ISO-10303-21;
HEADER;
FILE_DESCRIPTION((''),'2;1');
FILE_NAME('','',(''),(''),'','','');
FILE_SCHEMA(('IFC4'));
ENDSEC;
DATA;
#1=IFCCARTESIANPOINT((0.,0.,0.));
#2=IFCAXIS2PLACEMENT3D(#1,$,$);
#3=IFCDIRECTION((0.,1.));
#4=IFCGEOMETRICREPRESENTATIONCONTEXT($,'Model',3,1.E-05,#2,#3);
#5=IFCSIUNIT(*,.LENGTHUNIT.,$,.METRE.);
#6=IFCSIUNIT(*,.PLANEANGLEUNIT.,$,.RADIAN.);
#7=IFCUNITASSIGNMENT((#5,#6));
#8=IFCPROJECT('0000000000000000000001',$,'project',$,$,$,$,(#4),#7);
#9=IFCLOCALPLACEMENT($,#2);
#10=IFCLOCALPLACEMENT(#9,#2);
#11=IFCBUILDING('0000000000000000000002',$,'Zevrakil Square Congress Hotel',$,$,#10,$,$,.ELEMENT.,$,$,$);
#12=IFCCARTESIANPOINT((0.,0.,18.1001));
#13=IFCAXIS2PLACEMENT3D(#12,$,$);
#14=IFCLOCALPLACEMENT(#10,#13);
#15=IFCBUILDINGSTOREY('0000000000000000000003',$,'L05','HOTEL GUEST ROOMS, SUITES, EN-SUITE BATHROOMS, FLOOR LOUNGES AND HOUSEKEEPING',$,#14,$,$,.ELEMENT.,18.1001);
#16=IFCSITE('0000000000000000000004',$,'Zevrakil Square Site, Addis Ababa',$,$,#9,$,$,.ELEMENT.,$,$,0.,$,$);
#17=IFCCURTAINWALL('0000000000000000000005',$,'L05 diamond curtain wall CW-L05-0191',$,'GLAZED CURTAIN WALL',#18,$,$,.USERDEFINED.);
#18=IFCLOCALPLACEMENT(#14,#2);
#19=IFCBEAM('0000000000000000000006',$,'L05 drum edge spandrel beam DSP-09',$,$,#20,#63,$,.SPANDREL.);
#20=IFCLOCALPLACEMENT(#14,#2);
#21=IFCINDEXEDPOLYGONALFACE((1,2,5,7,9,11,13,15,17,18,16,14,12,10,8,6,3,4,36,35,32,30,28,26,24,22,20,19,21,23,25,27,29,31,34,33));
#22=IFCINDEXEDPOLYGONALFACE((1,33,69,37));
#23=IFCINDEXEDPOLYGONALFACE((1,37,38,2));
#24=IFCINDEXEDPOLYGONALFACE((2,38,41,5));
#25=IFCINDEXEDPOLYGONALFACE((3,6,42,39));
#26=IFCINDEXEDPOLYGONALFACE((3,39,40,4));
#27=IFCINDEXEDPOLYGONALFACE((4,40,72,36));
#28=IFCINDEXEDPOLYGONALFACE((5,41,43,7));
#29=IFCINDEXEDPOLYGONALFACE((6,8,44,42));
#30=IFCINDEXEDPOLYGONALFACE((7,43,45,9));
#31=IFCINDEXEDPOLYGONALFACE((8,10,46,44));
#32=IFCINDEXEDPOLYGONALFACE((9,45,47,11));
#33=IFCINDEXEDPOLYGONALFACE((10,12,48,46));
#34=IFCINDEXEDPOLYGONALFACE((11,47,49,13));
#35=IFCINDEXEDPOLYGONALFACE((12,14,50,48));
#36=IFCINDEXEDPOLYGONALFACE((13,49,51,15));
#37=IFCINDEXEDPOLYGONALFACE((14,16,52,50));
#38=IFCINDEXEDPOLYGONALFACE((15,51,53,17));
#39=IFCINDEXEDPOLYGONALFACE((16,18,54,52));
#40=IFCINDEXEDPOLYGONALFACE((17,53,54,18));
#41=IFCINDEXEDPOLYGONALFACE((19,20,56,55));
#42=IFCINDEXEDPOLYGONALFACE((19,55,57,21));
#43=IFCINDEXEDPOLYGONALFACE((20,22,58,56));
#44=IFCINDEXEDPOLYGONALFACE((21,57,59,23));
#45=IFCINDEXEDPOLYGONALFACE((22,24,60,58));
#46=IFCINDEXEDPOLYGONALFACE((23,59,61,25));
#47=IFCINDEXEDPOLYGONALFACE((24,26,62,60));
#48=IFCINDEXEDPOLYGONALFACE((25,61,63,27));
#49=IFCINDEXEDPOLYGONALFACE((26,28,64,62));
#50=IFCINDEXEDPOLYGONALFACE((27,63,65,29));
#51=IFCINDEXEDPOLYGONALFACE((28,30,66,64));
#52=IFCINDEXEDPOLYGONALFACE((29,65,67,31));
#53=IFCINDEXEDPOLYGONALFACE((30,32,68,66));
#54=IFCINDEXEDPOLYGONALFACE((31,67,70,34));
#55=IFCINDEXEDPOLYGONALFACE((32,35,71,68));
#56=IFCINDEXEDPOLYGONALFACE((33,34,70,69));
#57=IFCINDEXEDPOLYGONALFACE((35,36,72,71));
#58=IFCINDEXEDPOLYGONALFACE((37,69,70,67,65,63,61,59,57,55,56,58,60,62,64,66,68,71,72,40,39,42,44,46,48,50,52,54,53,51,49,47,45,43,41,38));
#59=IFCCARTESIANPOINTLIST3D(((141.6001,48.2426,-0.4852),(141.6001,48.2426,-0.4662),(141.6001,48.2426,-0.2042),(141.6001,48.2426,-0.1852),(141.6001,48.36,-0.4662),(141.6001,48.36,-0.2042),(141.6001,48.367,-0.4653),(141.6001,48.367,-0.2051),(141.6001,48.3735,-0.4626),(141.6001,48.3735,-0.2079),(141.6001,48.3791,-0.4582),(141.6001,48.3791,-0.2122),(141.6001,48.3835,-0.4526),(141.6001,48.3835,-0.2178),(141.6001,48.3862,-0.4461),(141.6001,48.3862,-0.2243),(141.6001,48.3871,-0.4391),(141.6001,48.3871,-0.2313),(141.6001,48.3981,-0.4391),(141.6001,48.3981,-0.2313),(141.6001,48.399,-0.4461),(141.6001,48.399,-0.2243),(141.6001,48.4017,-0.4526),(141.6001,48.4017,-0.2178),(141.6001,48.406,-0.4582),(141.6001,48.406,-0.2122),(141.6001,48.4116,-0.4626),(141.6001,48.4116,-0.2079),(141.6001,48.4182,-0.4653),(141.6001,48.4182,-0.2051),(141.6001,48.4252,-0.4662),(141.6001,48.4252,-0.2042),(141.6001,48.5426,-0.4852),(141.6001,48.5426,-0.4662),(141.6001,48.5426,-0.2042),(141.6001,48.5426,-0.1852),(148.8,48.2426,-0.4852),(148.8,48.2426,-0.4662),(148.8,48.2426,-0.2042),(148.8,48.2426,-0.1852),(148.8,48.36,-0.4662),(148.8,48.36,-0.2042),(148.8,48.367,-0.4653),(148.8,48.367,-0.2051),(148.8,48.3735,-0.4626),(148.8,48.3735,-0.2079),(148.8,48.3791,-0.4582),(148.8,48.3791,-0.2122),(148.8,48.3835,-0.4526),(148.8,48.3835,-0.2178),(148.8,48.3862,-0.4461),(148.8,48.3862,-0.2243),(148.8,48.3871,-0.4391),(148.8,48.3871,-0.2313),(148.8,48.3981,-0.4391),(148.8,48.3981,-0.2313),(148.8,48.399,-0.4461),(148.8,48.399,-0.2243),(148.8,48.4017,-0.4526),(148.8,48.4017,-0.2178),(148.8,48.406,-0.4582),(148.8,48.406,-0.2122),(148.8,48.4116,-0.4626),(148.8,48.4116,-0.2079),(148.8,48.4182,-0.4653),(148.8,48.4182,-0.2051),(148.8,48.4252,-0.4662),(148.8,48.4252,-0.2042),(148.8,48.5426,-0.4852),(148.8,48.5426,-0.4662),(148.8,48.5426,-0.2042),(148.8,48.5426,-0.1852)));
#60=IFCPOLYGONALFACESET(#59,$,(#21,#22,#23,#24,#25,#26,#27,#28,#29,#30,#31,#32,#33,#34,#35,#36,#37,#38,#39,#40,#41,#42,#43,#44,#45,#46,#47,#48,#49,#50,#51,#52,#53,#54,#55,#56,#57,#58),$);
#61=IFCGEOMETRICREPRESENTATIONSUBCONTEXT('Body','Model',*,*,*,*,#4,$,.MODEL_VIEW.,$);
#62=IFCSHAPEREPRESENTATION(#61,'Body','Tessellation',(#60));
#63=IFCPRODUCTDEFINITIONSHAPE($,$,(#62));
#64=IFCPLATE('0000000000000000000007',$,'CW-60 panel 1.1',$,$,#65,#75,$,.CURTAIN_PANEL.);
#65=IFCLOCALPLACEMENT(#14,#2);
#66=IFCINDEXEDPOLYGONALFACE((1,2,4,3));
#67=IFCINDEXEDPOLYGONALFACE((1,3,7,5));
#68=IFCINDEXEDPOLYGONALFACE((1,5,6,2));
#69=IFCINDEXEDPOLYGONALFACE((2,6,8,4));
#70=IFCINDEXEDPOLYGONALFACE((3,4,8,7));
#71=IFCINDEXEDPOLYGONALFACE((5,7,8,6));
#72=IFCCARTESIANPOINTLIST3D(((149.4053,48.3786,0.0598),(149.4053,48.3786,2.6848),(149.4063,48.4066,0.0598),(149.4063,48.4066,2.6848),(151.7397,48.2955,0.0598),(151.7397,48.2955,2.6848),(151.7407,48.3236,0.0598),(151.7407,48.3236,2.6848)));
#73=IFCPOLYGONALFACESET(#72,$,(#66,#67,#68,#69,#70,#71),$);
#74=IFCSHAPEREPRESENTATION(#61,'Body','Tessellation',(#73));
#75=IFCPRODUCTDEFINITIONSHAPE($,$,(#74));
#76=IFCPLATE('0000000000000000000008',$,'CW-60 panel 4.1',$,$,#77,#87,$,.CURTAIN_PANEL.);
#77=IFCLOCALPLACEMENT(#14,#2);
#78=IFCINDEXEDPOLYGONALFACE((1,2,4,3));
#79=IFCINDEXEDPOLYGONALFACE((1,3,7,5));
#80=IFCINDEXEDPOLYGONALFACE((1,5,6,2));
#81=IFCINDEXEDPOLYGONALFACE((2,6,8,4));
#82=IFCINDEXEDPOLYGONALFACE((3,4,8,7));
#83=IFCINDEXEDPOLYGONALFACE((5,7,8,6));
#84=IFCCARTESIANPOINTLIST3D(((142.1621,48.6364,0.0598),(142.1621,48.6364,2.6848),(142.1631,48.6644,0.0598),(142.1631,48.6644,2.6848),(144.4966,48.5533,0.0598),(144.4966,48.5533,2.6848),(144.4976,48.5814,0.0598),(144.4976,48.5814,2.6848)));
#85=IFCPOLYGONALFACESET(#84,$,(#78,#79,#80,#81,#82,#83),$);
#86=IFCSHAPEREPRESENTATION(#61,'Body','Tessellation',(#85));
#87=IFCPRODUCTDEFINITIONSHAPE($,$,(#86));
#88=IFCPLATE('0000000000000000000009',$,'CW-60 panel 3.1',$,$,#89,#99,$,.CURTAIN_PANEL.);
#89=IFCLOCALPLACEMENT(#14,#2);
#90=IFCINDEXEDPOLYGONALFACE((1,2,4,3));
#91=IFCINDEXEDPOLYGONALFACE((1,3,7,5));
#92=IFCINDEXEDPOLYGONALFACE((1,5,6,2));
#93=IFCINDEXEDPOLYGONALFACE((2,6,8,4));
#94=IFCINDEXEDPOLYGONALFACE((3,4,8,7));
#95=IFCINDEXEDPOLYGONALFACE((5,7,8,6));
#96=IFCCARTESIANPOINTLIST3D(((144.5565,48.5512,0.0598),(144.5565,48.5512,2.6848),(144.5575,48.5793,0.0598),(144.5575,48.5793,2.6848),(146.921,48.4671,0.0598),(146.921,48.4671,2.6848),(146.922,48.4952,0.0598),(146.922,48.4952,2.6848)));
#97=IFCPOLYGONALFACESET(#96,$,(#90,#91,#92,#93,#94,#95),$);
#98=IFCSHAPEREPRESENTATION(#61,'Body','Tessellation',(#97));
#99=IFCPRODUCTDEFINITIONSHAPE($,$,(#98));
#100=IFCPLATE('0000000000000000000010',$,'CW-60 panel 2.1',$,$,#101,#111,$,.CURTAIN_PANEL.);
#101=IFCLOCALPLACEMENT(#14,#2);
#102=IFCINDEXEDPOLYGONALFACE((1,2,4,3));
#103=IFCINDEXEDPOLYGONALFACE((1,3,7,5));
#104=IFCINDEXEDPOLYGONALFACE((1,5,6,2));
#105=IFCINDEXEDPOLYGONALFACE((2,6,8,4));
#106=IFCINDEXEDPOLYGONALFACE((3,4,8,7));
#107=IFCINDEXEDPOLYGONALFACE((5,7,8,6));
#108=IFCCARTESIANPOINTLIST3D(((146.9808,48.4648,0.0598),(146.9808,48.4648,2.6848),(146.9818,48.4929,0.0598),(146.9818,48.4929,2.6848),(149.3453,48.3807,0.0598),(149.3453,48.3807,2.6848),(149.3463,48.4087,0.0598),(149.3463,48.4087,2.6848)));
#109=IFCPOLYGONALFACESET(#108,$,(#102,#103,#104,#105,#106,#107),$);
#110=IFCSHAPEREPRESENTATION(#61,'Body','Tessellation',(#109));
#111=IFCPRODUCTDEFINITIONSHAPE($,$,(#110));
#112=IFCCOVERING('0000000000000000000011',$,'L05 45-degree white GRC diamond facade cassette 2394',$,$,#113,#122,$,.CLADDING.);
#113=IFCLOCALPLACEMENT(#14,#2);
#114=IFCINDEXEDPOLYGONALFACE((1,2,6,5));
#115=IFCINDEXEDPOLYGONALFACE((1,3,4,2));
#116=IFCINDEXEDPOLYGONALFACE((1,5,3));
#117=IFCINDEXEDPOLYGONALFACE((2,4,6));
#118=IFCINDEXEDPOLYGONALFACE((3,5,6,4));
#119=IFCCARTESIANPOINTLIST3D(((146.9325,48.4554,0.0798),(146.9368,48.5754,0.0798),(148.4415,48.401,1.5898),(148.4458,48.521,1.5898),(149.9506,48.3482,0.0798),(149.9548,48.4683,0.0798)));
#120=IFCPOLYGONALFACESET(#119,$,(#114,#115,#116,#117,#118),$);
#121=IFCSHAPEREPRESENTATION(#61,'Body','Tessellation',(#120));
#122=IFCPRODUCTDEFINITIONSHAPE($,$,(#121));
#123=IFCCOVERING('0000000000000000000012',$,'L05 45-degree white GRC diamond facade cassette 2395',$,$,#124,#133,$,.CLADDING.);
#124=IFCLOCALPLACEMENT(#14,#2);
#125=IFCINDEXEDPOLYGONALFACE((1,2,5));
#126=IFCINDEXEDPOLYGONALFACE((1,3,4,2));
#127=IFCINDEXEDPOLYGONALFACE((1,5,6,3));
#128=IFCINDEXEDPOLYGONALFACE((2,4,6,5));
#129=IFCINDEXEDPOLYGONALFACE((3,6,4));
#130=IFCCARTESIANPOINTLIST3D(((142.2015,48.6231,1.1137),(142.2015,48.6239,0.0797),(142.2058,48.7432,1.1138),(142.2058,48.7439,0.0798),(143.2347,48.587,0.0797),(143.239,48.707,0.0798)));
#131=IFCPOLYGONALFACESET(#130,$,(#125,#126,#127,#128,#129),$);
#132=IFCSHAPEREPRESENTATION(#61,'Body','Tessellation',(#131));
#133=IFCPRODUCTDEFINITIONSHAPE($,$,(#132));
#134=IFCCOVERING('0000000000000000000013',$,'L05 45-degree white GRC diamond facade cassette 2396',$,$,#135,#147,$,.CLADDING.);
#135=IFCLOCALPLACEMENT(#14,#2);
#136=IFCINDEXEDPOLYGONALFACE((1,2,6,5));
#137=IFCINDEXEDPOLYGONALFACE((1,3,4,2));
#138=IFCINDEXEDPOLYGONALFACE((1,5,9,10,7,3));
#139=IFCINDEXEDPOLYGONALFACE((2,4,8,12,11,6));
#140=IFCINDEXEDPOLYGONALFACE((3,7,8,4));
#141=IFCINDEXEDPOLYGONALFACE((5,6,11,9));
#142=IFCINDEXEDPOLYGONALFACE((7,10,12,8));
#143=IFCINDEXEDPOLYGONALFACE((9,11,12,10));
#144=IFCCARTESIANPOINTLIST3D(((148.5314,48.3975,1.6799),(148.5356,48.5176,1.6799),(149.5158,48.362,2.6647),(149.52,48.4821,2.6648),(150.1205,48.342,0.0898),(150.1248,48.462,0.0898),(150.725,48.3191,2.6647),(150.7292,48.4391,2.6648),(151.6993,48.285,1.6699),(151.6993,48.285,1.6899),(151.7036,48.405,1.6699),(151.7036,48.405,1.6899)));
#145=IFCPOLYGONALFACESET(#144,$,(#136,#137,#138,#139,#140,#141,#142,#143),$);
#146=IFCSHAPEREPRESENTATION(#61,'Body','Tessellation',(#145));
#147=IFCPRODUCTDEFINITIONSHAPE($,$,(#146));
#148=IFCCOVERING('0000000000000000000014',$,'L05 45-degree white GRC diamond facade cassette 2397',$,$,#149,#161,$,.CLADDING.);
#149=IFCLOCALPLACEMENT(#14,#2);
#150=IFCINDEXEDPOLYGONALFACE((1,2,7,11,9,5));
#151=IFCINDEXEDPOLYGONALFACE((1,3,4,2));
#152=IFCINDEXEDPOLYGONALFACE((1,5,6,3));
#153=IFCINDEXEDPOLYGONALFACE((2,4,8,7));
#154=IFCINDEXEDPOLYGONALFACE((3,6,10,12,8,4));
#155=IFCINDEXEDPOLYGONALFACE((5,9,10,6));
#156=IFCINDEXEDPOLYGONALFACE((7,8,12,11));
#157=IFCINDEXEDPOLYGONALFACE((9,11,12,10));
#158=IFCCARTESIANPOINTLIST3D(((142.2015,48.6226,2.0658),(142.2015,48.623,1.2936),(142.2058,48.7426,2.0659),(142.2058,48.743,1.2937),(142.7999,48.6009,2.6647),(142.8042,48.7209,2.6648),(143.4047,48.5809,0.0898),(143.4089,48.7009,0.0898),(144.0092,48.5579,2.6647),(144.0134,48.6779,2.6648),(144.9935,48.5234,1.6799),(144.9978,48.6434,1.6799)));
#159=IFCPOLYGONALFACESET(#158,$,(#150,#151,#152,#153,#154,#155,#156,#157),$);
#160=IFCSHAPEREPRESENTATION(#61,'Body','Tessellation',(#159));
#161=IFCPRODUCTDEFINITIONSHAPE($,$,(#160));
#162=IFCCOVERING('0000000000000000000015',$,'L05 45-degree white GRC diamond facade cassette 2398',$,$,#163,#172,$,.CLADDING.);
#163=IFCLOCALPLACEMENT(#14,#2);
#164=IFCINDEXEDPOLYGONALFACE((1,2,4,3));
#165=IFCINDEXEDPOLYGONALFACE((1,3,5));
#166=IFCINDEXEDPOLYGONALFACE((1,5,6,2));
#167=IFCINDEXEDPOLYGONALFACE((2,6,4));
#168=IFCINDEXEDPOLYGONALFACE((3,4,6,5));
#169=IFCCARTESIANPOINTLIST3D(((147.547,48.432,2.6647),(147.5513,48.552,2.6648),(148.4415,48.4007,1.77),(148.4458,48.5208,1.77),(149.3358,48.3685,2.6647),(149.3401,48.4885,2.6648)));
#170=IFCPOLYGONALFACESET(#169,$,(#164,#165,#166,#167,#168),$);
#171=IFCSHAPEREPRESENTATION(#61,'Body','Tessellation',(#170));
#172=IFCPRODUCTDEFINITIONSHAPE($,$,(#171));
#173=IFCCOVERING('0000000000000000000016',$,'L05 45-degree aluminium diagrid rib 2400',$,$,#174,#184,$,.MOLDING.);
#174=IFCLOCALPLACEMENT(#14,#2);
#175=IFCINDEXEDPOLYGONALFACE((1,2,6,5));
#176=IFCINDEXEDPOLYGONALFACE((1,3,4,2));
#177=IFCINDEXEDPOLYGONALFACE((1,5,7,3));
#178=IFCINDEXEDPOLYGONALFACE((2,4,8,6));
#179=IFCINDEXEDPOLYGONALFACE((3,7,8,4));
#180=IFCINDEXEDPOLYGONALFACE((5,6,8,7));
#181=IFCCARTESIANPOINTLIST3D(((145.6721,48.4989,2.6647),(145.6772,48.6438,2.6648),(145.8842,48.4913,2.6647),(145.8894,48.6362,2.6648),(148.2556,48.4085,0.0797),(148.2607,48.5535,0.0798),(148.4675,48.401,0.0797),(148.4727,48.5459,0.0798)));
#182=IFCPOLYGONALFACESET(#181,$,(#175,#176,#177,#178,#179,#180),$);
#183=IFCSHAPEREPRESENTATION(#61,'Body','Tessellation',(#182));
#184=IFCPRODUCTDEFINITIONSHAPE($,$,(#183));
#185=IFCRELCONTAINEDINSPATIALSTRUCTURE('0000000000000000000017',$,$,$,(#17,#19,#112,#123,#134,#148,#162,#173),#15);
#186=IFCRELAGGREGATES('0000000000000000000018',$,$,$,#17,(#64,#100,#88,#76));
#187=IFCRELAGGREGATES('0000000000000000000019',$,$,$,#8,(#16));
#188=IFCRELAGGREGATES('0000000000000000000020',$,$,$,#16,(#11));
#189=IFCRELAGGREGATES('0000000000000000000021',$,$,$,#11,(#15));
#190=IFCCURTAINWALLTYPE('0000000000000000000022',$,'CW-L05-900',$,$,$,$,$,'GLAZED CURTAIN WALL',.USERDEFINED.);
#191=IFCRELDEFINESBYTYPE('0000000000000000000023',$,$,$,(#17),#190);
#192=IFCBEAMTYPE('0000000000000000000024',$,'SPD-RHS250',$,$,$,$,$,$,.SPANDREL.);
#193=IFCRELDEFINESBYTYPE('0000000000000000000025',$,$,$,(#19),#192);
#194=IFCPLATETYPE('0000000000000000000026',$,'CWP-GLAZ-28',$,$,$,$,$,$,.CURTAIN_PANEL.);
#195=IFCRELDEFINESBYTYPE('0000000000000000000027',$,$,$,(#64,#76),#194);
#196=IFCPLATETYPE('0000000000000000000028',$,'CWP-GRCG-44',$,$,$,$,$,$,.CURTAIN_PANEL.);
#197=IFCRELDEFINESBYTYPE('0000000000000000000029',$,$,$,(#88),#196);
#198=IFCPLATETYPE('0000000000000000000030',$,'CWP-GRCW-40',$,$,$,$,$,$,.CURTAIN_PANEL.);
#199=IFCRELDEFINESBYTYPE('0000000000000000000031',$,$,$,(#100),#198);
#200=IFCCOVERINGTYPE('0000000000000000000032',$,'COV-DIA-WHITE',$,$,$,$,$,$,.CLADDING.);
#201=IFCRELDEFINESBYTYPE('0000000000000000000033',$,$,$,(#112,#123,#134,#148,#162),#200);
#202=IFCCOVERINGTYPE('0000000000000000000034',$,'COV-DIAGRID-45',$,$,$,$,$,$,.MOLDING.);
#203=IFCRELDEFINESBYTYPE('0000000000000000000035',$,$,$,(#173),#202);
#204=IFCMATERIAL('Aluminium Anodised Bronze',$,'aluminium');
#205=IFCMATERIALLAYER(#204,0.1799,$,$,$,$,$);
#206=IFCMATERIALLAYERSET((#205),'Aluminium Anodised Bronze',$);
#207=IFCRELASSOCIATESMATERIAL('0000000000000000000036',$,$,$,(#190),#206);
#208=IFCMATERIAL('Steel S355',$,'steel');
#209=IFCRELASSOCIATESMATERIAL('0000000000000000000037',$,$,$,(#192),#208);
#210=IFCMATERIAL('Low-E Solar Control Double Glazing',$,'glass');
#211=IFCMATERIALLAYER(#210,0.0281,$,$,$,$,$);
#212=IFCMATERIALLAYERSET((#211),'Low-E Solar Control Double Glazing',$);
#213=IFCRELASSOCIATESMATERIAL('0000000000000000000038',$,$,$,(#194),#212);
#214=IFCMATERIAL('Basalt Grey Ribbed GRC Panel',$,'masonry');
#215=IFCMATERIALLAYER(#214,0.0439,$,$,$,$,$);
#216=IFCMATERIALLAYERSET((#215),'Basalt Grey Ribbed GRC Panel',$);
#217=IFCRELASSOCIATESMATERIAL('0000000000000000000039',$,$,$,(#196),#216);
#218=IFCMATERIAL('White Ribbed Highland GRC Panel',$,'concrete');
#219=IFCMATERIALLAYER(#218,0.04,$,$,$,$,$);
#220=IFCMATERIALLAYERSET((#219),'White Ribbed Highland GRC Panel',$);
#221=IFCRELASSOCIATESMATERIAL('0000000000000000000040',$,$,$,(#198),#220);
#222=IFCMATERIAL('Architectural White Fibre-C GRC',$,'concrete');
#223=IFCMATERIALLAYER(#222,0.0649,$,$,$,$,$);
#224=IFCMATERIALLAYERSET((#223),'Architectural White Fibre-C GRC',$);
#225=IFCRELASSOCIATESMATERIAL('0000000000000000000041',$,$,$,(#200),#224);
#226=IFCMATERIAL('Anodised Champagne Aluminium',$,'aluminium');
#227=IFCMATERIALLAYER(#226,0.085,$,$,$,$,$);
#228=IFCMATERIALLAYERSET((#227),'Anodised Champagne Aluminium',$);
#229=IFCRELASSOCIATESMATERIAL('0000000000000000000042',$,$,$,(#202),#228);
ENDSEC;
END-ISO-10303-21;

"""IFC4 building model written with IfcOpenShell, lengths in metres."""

from ifc_helpers import new_model, si_unit, direction, frame, origin, origin_2d, place, context, subcontext, project, spatial, polyline, rectangle, i_section, outline, extrude, material, layer, layer_set, material_profile, profile_set, type_object, element, aggregate, save


model = new_model("IFC4")

# Units and contexts
model_context = context("Model", 3, precision=1e-05, world=origin(), true_north=direction((0.0, 1.0)))
body_context = subcontext(model_context, "Body", "Model", "MODEL_VIEW")
ifc_project = project(units=[si_unit("LENGTHUNIT", "METRE"), si_unit("PLANEANGLEUNIT", "RADIAN")], contexts=[model_context])

# Site, building, storey
site_placement = place(None, origin())
site = spatial("IfcSite", under=ifc_project, at=site_placement, Name="Zevrakil Square Site, Addis Ababa", CompositionType="ELEMENT", RefElevation=0.0)
building_placement = place(site_placement, origin())
building = spatial("IfcBuilding", under=site, at=building_placement, Name="Zevrakil Square Congress Hotel", CompositionType="ELEMENT")
storey_placement = place(building_placement, frame((0.0, 0.0, 18.1001)))
storey = spatial("IfcBuildingStorey", under=building, at=storey_placement, Name="L05", Description="HOTEL GUEST ROOMS, SUITES, EN-SUITE BATHROOMS, FLOOR LOUNGES AND HOUSEKEEPING", CompositionType="ELEMENT", Elevation=18.1001)

# Curtain wall
ifc_material_1 = material(Name="Aluminium Anodised Bronze", Category="aluminium")
ifc_layer_1 = layer(ifc_material_1, 0.1799)
ifc_layer_set_1 = layer_set([ifc_layer_1], Name="Aluminium Anodised Bronze")
curtain_wall_type = type_object("IfcCurtainWallType", Name="CW-L05-900", ElementType="GLAZED CURTAIN WALL", PredefinedType="USERDEFINED", material=ifc_layer_set_1)
curtain_wall_placement = place(storey_placement, origin())
curtain_wall = element("IfcCurtainWall", 1, at=curtain_wall_placement, inside=storey, type_object=curtain_wall_type, Name="L05 diamond curtain wall CW-L05-0191", ObjectType="GLAZED CURTAIN WALL", PredefinedType="USERDEFINED")

# Beam
ifc_material_2 = material(Name="Steel S355", Category="steel")
ifc_material_profile_1 = material_profile(ifc_material_2, i_section(OverallWidth=0.3, OverallDepth=0.3, WebThickness=0.011, FlangeThickness=0.019, FilletRadius=0.0271, at=origin_2d()), Name="HEB 300")
ifc_profile_set_1 = profile_set([ifc_material_profile_1], Name="Steel S355")
beam_type_1 = type_object("IfcBeamType", Name="SPD-RHS250", PredefinedType="SPANDREL", material=ifc_profile_set_1)
beam_1_placement = place(storey_placement, frame((148.8, 48.3926, -0.3352), z_axis=(-1.0, 0.0, 0.0), x_axis=(0.0, -1.0, 0.0)))
element("IfcBeam", 2, at=beam_1_placement, inside=storey, type_object=beam_type_1, Name="L05 drum edge spandrel beam DSP-09", PredefinedType="SPANDREL", context=body_context, shape_type="SweptSolid", body=[
    extrude(i_section(OverallWidth=0.3, OverallDepth=0.3, WebThickness=0.011, FlangeThickness=0.019, FilletRadius=0.0271, at=origin_2d()), origin(), (0.0, 0.0, 1.0), 7.2),
])

# Plates
ifc_material_3 = material(Name="Low-E Solar Control Double Glazing", Category="glass")
ifc_layer_2 = layer(ifc_material_3, 0.0281)
ifc_layer_set_2 = layer_set([ifc_layer_2], Name="Low-E Solar Control Double Glazing")
plate_type_1 = type_object("IfcPlateType", Name="CWP-GLAZ-28", PredefinedType="CURTAIN_PANEL", material=ifc_layer_set_2)
plate_1_placement = place(storey_placement, frame((150.573, 48.3511, 0.0598), z_axis=(0.0, 0.0, 1.0), x_axis=(-0.999368, 0.035553, 0.0)))
plate_1 = element("IfcPlate", 3, at=plate_1_placement, type_object=plate_type_1, Name="CW-60 panel 1.1", PredefinedType="CURTAIN_PANEL", context=body_context, shape_type="SweptSolid", body=[
    extrude(rectangle(XDim=2.3359, YDim=0.0281, at=origin_2d()), origin(), (0.0, 0.0, 1.0), 2.625),
])
plate_2_placement = place(storey_placement, frame((143.3298, 48.6089, 0.0598), z_axis=(0.0, 0.0, 1.0), x_axis=(-0.999368, 0.035553, 0.0)))
plate_2 = element("IfcPlate", 4, at=plate_2_placement, type_object=plate_type_1, Name="CW-60 panel 4.1", PredefinedType="CURTAIN_PANEL", context=body_context, shape_type="SweptSolid", body=[
    extrude(rectangle(XDim=2.3359, YDim=0.0281, at=origin_2d()), origin(), (0.0, 0.0, 1.0), 2.625),
])
ifc_material_4 = material(Name="Basalt Grey Ribbed GRC Panel", Category="masonry")
ifc_layer_3 = layer(ifc_material_4, 0.0439)
ifc_layer_set_3 = layer_set([ifc_layer_3], Name="Basalt Grey Ribbed GRC Panel")
plate_type_2 = type_object("IfcPlateType", Name="CWP-GRCG-44", PredefinedType="CURTAIN_PANEL", material=ifc_layer_set_3)
plate_3_placement = place(storey_placement, frame((145.7393, 48.5232, 0.0598), z_axis=(0.0, 0.0, 1.0), x_axis=(-0.999368, 0.035553, 0.0)))
plate_3 = element("IfcPlate", 5, at=plate_3_placement, type_object=plate_type_2, Name="CW-60 panel 3.1", PredefinedType="CURTAIN_PANEL", context=body_context, shape_type="SweptSolid", body=[
    extrude(rectangle(XDim=2.366, YDim=0.0281, at=origin_2d()), origin(), (0.0, 0.0, 1.0), 2.625),
])
ifc_material_5 = material(Name="White Ribbed Highland GRC Panel", Category="concrete")
ifc_layer_4 = layer(ifc_material_5, 0.04)
ifc_layer_set_4 = layer_set([ifc_layer_4], Name="White Ribbed Highland GRC Panel")
plate_type_3 = type_object("IfcPlateType", Name="CWP-GRCW-40", PredefinedType="CURTAIN_PANEL", material=ifc_layer_set_4)
plate_4_placement = place(storey_placement, frame((148.1636, 48.4368, 0.0598), z_axis=(0.0, 0.0, 1.0), x_axis=(-0.999368, 0.035553, 0.0)))
plate_4 = element("IfcPlate", 6, at=plate_4_placement, type_object=plate_type_3, Name="CW-60 panel 2.1", PredefinedType="CURTAIN_PANEL", context=body_context, shape_type="SweptSolid", body=[
    extrude(rectangle(XDim=2.366, YDim=0.0281, at=origin_2d()), origin(), (0.0, 0.0, 1.0), 2.625),
])
aggregate(curtain_wall, [plate_1, plate_4, plate_3, plate_2])

# Coverings
ifc_material_6 = material(Name="Architectural White Fibre-C GRC", Category="concrete")
ifc_layer_5 = layer(ifc_material_6, 0.0649)
ifc_layer_set_5 = layer_set([ifc_layer_5], Name="Architectural White Fibre-C GRC")
covering_type_1 = type_object("IfcCoveringType", Name="COV-DIA-WHITE", PredefinedType="CLADDING", material=ifc_layer_set_5)
covering_1_placement = place(storey_placement, frame((148.4458, 48.521, 1.5898), z_axis=(0.03549, 0.99937, 0.000566), x_axis=(-0.706648, 0.025495, -0.707106)))
element("IfcCovering", 7, at=covering_1_placement, inside=storey, type_object=covering_type_1, Name="L05 45-degree white GRC diamond facade cassette 2394", PredefinedType="CLADDING", context=body_context, shape_type="SweptSolid", body=[
    extrude(outline(polyline([(0.0, 0.0), (2.1355, 0.0), (0.0, -2.1354), (0.0, 0.0)])), origin(), (0.0, 0.0, -1.0), 0.1201),
])
covering_2_placement = place(storey_placement, frame((142.2058, 48.7432, 1.1138), z_axis=(0.035658, 0.999364, 0.000708), x_axis=(0.0, 0.000708, -1.0)))
element("IfcCovering", 8, at=covering_2_placement, inside=storey, type_object=covering_type_1, Name="L05 45-degree white GRC diamond facade cassette 2395", PredefinedType="CLADDING", context=body_context, shape_type="SweptSolid", body=[
    extrude(outline(polyline([(0.0, 0.0), (1.0339, 0.0), (1.0339, -1.0339), (0.0, 0.0)])), origin(), (0.0, 0.0, -1.0), 0.1201),
])
covering_3_placement = place(storey_placement, frame((148.5356, 48.5176, 1.6799), z_axis=(0.035506, 0.999369, 0.000552), x_axis=(0.706672, -0.024717, -0.707109)))
element("IfcCovering", 9, at=covering_3_placement, inside=storey, type_object=covering_type_1, Name="L05 45-degree white GRC diamond facade cassette 2396", PredefinedType="CLADDING", context=body_context, shape_type="SweptSolid", body=[
    extrude(outline(polyline([(0.0, 0.0), (2.2487, 0.0), (2.2486, -2.2344), (2.2344, -2.2486), (0.8557, -2.2485), (0.0001, -1.3929), (0.0, 0.0)])), origin(), (0.0, 0.0, -1.0), 0.1201),
])
covering_4_placement = place(storey_placement, frame((143.4089, 48.7009, 0.0898), z_axis=(0.035569, 0.999367, 0.000584), x_axis=(0.706603, -0.025563, 0.707148)))
element("IfcCovering", 10, at=covering_4_placement, inside=storey, type_object=covering_type_1, Name="L05 45-degree white GRC diamond facade cassette 2397", PredefinedType="CLADDING", context=body_context, shape_type="SweptSolid", body=[
    extrude(outline(polyline([(0.0, 0.0), (2.2486, 0.0), (2.2486, -1.3929), (1.3931, -2.2485), (0.5462, -2.2485), (0.0001, -1.7025), (0.0, 0.0)])), origin(), (0.0, 0.0, -1.0), 0.1201),
])
covering_5_placement = place(storey_placement, frame((148.4458, 48.5208, 1.77), z_axis=(0.035463, 0.999371, 0.00055), x_axis=(0.706685, -0.025466, 0.70707)))
element("IfcCovering", 11, at=covering_5_placement, inside=storey, type_object=covering_type_1, Name="L05 45-degree white GRC diamond facade cassette 2398", PredefinedType="CLADDING", context=body_context, shape_type="SweptSolid", body=[
    extrude(outline(polyline([(0.0, 0.0), (1.2655, 0.0), (-0.0003, -1.2656), (0.0, 0.0)])), origin(), (0.0, 0.0, -1.0), 0.1201),
])
ifc_material_7 = material(Name="Anodised Champagne Aluminium", Category="aluminium")
ifc_layer_6 = layer(ifc_material_7, 0.085)
ifc_layer_set_6 = layer_set([ifc_layer_6], Name="Anodised Champagne Aluminium")
covering_type_2 = type_object("IfcCoveringType", Name="COV-DIAGRID-45", PredefinedType="MOLDING", material=ifc_layer_set_6)
covering_6_placement = place(storey_placement, frame((148.2607, 48.5535, 0.0798), z_axis=(0.035671, 0.999363, 0.000726), x_axis=(0.999364, -0.035671, 0.0)))
element("IfcCovering", 12, at=covering_6_placement, inside=storey, type_object=covering_type_2, Name="L05 45-degree aluminium diagrid rib 2400", PredefinedType="MOLDING", context=body_context, shape_type="SweptSolid", body=[
    extrude(outline(polyline([(0.0, 0.0), (0.212, 0.0), (-2.3728, -2.585), (-2.5851, -2.585), (0.0, 0.0)])), origin(), (0.0, 0.0, -1.0), 0.145),
])

save(model, "model.ifc")
